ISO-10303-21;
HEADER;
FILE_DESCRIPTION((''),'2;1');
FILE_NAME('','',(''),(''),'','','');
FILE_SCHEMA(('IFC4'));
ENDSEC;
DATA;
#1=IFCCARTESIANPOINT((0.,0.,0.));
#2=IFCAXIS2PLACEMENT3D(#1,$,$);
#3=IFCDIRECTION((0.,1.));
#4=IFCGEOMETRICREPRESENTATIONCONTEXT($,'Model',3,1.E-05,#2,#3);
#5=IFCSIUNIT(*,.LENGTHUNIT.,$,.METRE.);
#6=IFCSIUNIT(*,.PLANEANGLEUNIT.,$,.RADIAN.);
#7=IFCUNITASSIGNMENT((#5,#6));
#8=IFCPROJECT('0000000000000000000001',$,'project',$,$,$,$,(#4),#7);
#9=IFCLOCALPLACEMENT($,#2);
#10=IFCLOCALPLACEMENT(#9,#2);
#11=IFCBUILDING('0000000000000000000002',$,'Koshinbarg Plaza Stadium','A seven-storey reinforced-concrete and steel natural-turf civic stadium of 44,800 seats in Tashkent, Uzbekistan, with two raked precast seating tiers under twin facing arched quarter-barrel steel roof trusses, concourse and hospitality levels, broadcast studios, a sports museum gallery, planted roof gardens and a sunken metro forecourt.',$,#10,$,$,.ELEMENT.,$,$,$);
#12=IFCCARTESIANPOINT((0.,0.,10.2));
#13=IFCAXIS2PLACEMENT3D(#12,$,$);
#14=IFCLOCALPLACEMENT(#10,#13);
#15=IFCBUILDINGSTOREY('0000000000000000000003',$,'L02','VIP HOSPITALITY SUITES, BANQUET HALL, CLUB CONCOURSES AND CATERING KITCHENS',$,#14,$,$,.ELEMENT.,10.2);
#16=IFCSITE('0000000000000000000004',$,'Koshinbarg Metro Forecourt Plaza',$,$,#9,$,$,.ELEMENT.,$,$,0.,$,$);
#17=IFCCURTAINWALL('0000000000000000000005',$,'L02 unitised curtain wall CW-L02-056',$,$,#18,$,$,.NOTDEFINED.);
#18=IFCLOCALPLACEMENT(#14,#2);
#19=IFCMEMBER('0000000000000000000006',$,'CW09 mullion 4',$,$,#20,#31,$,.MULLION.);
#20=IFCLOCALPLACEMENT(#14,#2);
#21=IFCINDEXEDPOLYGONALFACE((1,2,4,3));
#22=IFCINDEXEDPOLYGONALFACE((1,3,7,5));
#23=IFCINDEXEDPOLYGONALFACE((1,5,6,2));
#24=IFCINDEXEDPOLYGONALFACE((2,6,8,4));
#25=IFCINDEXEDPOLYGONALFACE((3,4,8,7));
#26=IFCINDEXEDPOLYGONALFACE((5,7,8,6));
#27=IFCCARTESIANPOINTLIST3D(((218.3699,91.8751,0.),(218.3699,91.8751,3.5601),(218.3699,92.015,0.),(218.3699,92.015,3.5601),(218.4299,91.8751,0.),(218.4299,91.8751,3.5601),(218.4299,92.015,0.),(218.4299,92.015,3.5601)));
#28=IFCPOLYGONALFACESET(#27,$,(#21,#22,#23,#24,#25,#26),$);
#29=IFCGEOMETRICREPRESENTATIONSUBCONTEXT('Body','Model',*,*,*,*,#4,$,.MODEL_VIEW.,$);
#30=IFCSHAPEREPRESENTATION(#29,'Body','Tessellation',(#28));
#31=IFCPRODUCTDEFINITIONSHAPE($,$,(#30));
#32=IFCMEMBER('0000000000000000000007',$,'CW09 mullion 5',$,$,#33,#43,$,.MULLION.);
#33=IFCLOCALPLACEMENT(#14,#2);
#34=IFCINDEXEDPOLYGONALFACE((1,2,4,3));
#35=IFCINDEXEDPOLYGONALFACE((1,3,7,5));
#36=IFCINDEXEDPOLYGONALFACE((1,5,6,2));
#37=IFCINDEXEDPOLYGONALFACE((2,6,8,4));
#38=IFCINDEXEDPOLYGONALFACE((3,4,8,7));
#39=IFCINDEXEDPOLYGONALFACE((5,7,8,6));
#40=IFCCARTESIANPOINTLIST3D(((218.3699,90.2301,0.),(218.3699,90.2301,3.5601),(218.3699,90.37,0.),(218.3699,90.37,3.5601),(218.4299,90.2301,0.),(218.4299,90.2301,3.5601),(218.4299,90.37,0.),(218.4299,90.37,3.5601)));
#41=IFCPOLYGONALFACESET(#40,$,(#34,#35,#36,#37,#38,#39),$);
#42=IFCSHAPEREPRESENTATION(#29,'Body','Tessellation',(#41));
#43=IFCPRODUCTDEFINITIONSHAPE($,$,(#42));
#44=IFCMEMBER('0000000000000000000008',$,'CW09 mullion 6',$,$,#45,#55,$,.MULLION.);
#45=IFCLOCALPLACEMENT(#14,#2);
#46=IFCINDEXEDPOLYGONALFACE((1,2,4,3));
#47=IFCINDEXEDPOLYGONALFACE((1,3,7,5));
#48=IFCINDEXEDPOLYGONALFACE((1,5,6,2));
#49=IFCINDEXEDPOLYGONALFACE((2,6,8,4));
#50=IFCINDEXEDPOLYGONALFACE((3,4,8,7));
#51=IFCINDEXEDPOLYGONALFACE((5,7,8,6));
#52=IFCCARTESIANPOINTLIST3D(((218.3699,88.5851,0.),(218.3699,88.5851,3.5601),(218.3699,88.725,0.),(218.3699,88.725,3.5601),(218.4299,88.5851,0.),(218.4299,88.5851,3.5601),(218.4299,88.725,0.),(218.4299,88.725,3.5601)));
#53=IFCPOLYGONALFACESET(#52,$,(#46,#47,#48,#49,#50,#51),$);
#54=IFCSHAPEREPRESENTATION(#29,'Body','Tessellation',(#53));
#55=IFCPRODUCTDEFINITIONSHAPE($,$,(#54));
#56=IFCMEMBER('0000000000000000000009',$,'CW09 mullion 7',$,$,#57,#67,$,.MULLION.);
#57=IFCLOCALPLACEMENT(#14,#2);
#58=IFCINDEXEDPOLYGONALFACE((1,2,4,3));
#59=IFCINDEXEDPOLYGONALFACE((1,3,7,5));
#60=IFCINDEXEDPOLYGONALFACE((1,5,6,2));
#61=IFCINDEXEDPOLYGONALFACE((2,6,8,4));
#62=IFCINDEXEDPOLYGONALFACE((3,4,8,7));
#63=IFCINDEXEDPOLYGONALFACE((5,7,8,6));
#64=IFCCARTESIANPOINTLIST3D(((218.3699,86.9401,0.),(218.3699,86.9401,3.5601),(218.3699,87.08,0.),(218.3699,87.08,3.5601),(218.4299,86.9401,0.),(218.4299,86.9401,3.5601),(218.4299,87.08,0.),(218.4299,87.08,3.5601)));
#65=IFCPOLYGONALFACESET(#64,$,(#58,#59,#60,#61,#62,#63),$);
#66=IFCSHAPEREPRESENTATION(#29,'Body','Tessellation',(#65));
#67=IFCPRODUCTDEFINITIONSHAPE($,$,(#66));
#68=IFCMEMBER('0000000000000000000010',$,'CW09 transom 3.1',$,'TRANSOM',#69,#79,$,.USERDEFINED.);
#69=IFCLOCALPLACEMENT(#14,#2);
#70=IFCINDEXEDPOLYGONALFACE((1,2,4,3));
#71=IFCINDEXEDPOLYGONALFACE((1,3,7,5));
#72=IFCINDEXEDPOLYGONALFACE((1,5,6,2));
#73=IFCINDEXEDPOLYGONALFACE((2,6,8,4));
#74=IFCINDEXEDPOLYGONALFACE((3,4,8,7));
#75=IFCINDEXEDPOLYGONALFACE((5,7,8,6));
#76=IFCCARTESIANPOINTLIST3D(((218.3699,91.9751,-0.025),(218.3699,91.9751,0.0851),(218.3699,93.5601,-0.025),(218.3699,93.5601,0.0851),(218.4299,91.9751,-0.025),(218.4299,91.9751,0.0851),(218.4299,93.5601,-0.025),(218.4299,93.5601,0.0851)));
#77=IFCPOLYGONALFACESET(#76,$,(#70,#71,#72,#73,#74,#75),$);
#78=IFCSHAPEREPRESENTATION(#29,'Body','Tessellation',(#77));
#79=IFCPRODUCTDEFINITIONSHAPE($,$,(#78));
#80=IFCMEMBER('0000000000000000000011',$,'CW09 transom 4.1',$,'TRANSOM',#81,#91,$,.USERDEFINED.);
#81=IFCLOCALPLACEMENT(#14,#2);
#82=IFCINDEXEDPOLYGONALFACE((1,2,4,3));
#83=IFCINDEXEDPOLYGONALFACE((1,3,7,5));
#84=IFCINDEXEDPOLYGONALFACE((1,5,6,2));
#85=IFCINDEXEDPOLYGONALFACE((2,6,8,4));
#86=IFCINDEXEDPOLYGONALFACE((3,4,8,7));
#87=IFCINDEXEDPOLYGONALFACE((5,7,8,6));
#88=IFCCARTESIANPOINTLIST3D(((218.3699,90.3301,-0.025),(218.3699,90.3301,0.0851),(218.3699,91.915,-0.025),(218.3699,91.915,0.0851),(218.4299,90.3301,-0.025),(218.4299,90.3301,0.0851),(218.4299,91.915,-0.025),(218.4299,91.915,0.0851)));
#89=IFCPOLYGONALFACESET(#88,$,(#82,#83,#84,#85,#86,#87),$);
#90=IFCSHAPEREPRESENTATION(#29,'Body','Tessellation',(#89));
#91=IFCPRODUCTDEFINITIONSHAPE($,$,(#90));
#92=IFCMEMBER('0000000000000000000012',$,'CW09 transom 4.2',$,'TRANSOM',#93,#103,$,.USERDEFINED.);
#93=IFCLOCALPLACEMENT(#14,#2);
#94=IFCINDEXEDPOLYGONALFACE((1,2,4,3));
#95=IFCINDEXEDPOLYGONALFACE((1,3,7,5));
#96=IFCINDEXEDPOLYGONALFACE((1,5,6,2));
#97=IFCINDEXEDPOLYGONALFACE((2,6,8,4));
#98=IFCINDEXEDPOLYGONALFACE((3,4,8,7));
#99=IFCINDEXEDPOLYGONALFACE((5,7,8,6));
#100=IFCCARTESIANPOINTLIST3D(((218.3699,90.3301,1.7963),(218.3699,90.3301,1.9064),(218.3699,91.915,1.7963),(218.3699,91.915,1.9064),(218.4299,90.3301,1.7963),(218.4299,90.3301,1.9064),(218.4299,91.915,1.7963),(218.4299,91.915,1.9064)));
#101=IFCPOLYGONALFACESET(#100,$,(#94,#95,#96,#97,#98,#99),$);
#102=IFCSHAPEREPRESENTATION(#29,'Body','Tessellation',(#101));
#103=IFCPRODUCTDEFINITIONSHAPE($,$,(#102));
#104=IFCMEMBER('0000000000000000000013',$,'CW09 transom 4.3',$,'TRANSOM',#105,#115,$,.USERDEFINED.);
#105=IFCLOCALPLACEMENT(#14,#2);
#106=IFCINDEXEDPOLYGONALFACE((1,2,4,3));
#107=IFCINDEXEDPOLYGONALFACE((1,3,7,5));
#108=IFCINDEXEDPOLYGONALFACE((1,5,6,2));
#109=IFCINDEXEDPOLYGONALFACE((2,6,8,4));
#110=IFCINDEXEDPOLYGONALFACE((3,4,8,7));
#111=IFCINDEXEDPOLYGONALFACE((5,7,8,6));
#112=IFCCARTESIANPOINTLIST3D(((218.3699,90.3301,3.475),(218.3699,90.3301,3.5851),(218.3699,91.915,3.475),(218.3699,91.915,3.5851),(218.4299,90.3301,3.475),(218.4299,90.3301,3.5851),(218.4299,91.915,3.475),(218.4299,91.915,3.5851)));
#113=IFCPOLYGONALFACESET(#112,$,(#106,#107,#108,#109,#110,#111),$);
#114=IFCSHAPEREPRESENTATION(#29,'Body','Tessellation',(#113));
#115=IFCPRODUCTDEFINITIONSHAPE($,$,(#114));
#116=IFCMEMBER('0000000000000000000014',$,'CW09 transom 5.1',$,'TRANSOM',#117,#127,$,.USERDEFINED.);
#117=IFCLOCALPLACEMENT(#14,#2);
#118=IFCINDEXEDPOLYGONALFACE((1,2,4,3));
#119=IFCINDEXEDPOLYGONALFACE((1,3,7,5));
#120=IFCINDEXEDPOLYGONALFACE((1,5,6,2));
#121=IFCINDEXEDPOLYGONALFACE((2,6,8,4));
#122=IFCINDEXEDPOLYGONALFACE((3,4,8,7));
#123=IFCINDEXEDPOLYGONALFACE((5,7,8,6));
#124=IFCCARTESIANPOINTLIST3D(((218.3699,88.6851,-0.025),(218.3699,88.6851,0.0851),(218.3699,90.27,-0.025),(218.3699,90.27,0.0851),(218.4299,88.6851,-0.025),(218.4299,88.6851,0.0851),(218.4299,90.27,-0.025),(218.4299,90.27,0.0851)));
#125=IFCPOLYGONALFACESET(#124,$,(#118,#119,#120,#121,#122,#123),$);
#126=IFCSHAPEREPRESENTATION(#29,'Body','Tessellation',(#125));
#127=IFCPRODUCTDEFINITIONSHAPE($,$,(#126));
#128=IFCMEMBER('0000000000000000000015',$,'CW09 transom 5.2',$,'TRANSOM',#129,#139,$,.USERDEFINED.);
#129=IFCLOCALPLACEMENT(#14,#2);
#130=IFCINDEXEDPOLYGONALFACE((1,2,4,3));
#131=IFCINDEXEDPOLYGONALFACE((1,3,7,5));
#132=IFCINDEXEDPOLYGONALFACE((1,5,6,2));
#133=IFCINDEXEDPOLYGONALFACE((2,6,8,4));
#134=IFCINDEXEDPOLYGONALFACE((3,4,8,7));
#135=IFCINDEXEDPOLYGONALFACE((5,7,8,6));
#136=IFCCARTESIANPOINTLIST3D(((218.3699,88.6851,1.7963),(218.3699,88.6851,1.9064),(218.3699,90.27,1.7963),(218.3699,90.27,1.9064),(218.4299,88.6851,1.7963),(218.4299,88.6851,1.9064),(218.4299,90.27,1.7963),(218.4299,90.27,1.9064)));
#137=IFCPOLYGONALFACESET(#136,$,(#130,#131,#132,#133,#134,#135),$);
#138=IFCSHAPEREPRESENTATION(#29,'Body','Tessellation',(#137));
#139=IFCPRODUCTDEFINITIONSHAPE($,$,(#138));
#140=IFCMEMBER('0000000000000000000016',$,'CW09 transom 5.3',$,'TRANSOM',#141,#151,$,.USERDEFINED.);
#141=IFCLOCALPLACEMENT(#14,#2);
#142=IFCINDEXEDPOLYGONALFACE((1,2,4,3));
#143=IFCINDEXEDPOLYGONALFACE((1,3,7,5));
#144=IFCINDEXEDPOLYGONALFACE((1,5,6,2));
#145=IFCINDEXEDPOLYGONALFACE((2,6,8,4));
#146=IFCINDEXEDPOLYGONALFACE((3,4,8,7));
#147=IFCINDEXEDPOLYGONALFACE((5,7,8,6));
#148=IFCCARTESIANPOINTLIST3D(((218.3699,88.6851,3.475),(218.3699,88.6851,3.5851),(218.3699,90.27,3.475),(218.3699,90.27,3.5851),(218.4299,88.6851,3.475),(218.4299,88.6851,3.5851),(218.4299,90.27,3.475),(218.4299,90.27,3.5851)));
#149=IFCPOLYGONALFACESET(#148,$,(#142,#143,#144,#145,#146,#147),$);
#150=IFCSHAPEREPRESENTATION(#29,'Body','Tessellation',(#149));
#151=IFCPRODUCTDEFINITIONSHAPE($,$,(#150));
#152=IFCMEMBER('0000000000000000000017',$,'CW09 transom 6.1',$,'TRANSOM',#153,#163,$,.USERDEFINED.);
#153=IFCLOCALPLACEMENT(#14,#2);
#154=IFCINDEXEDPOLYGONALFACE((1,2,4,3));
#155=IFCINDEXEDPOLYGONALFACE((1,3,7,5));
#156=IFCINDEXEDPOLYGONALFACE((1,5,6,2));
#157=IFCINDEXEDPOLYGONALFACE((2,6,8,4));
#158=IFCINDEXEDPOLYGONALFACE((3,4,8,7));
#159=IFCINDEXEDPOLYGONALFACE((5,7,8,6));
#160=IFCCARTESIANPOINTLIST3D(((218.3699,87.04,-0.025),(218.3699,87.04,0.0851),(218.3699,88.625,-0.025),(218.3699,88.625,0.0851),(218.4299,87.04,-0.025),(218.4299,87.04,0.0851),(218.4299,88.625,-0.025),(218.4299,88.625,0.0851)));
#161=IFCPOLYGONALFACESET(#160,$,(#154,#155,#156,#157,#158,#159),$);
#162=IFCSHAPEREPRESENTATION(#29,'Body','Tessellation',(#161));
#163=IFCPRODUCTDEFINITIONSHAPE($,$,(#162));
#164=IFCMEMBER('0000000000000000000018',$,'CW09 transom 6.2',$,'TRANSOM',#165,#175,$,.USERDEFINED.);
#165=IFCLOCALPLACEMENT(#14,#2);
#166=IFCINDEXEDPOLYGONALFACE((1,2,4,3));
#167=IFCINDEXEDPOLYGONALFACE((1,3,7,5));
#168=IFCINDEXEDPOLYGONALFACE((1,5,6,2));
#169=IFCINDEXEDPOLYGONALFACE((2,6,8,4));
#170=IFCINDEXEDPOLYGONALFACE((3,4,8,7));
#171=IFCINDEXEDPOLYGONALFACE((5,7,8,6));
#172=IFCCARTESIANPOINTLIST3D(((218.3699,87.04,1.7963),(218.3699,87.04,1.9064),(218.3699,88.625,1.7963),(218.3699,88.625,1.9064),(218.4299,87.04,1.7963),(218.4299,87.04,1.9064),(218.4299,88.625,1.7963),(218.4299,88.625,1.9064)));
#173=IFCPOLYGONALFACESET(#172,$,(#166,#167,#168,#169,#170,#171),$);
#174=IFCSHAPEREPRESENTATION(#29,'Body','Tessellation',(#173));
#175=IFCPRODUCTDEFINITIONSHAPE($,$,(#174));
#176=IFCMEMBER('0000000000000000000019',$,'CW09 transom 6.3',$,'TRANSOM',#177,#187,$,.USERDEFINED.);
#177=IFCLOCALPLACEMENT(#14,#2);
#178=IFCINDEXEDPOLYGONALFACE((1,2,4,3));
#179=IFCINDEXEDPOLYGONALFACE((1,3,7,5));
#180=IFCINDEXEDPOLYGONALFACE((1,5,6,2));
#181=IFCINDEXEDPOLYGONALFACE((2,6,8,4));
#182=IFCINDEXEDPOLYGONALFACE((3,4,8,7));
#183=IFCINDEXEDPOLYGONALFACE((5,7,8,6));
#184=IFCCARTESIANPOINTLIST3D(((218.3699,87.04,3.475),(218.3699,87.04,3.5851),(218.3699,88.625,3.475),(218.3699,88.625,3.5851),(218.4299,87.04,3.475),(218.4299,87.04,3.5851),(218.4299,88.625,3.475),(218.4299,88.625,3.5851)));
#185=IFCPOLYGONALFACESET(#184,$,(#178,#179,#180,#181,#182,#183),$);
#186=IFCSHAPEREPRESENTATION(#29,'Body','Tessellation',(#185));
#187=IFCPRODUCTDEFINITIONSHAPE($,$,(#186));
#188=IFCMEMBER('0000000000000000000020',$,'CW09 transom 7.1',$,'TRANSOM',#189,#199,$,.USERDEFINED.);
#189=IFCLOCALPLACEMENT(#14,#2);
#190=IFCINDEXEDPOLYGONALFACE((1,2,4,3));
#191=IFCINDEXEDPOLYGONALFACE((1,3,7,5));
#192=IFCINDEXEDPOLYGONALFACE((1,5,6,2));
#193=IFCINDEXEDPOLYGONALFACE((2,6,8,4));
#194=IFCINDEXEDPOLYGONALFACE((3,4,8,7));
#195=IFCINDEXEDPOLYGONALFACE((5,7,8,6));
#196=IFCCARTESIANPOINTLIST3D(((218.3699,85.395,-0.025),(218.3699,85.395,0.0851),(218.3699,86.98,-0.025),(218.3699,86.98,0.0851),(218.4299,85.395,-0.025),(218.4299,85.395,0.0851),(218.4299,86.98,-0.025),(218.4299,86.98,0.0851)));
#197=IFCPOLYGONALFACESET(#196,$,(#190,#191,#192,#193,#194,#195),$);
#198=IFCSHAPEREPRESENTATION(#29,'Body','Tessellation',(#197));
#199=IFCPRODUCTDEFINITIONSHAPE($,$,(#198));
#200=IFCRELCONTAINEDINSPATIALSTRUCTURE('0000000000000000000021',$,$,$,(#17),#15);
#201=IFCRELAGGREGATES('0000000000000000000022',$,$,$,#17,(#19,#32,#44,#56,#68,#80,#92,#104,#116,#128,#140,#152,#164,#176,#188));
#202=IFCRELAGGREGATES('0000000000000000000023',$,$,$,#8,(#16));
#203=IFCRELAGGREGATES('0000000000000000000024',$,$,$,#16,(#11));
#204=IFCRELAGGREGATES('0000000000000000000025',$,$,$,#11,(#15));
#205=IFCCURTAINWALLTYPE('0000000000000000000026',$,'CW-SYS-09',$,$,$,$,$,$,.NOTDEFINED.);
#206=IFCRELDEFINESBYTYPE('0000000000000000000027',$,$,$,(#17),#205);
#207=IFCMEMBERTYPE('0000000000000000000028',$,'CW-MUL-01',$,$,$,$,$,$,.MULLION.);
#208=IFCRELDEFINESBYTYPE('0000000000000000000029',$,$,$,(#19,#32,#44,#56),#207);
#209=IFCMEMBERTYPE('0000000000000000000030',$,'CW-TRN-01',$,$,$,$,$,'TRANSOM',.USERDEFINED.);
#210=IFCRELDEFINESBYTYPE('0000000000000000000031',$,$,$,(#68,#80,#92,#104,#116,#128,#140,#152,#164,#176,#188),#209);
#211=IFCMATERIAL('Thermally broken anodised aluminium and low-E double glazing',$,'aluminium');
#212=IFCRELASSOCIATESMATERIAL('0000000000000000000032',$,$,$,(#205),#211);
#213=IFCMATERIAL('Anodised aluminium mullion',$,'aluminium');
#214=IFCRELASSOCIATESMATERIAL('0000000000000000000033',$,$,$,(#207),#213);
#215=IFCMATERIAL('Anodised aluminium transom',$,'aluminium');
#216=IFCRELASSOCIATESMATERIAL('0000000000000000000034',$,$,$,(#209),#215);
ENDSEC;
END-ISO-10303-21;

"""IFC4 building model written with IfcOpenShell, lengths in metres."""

from ifc_helpers import new_model, si_unit, direction, frame, origin, origin_2d, place, context, subcontext, project, spatial, rectangle, extrude, material, material_profile, profile_set, type_object, element, aggregate, save


model = new_model("IFC4")

# Units and contexts
model_context = context("Model", 3, precision=1e-05, world=origin(), true_north=direction((0.0, 1.0)))
body_context = subcontext(model_context, "Body", "Model", "MODEL_VIEW")
ifc_project = project(units=[si_unit("LENGTHUNIT", "METRE"), si_unit("PLANEANGLEUNIT", "RADIAN")], contexts=[model_context])

# Site, building, storey
site_placement = place(None, origin())
site = spatial("IfcSite", under=ifc_project, at=site_placement, Name="Koshinbarg Metro Forecourt Plaza", CompositionType="ELEMENT", RefElevation=0.0)
building_placement = place(site_placement, origin())
building = spatial("IfcBuilding", under=site, at=building_placement, Name="Koshinbarg Plaza Stadium", Description="A seven-storey reinforced-concrete and steel natural-turf civic stadium of 44,800 seats in Tashkent, Uzbekistan, with two raked precast seating tiers under twin facing arched quarter-barrel steel roof trusses, concourse and hospitality levels, broadcast studios, a sports museum gallery, planted roof gardens and a sunken metro forecourt.", CompositionType="ELEMENT")
storey_placement = place(building_placement, frame((0.0, 0.0, 10.2)))
storey = spatial("IfcBuildingStorey", under=building, at=storey_placement, Name="L02", Description="VIP HOSPITALITY SUITES, BANQUET HALL, CLUB CONCOURSES AND CATERING KITCHENS", CompositionType="ELEMENT", Elevation=10.2)

# Curtain wall, members
ifc_material_1 = material(Name="Thermally broken anodised aluminium and low-E double glazing", Category="aluminium")
curtain_wall_type = type_object("IfcCurtainWallType", Name="CW-SYS-09", PredefinedType="NOTDEFINED", material=ifc_material_1)
curtain_wall_placement = place(storey_placement, origin())
curtain_wall = element("IfcCurtainWall", 1, at=curtain_wall_placement, inside=storey, type_object=curtain_wall_type, Name="L02 unitised curtain wall CW-L02-056", PredefinedType="NOTDEFINED")
ifc_material_2 = material(Name="Anodised aluminium mullion", Category="aluminium")
ifc_material_profile_1 = material_profile(ifc_material_2, rectangle(XDim=0.0601, YDim=0.1399, at=origin_2d()), Name="ALU 60x140")
ifc_profile_set_1 = profile_set([ifc_material_profile_1], Name="Anodised aluminium mullion")
member_type_1 = type_object("IfcMemberType", Name="CW-MUL-01", PredefinedType="MULLION", material=ifc_profile_set_1)
member_1_placement = place(storey_placement, frame((218.3999, 91.9451, 0.0), z_axis=(0.0, 0.0, 1.0), x_axis=(1.0, 0.0, 0.0)))
member_1 = element("IfcMember", 2, at=member_1_placement, type_object=member_type_1, Name="CW09 mullion 4", PredefinedType="MULLION", context=body_context, shape_type="SweptSolid", body=[
    extrude(rectangle(XDim=0.0601, YDim=0.1399, at=origin_2d()), origin(), (0.0, 0.0, 1.0), 3.5601),
])
member_2_placement = place(storey_placement, frame((218.3999, 90.3, 0.0), z_axis=(0.0, 0.0, 1.0), x_axis=(1.0, 0.0, 0.0)))
member_2 = element("IfcMember", 3, at=member_2_placement, type_object=member_type_1, Name="CW09 mullion 5", PredefinedType="MULLION", context=body_context, shape_type="SweptSolid", body=[
    extrude(rectangle(XDim=0.0601, YDim=0.1399, at=origin_2d()), origin(), (0.0, 0.0, 1.0), 3.5601),
])
member_3_placement = place(storey_placement, frame((218.3999, 88.655, 0.0), z_axis=(0.0, 0.0, 1.0), x_axis=(1.0, 0.0, 0.0)))
member_3 = element("IfcMember", 4, at=member_3_placement, type_object=member_type_1, Name="CW09 mullion 6", PredefinedType="MULLION", context=body_context, shape_type="SweptSolid", body=[
    extrude(rectangle(XDim=0.0601, YDim=0.1399, at=origin_2d()), origin(), (0.0, 0.0, 1.0), 3.5601),
])
member_4_placement = place(storey_placement, frame((218.3999, 87.01, 0.0), z_axis=(0.0, 0.0, 1.0), x_axis=(1.0, 0.0, 0.0)))
member_4 = element("IfcMember", 5, at=member_4_placement, type_object=member_type_1, Name="CW09 mullion 7", PredefinedType="MULLION", context=body_context, shape_type="SweptSolid", body=[
    extrude(rectangle(XDim=0.0601, YDim=0.1399, at=origin_2d()), origin(), (0.0, 0.0, 1.0), 3.5601),
])
ifc_material_3 = material(Name="Anodised aluminium transom", Category="aluminium")
ifc_material_profile_2 = material_profile(ifc_material_3, rectangle(XDim=0.0601, YDim=0.1101, at=origin_2d()), Name="ALU 60x110")
ifc_profile_set_2 = profile_set([ifc_material_profile_2], Name="Anodised aluminium transom")
member_type_2 = type_object("IfcMemberType", Name="CW-TRN-01", ElementType="TRANSOM", PredefinedType="USERDEFINED", material=ifc_profile_set_2)
member_5_placement = place(storey_placement, frame((218.3999, 93.5601, 0.03), z_axis=(0.0, -1.0, 0.0), x_axis=(1.0, 0.0, 0.0)))
member_5 = element("IfcMember", 6, at=member_5_placement, type_object=member_type_2, Name="CW09 transom 3.1", ObjectType="TRANSOM", PredefinedType="USERDEFINED", context=body_context, shape_type="SweptSolid", body=[
    extrude(rectangle(XDim=0.0601, YDim=0.1101, at=origin_2d()), origin(), (0.0, 0.0, 1.0), 1.585),
])
member_6_placement = place(storey_placement, frame((218.3999, 91.915, 0.03), z_axis=(0.0, -1.0, 0.0), x_axis=(1.0, 0.0, 0.0)))
member_6 = element("IfcMember", 7, at=member_6_placement, type_object=member_type_2, Name="CW09 transom 4.1", ObjectType="TRANSOM", PredefinedType="USERDEFINED", context=body_context, shape_type="SweptSolid", body=[
    extrude(rectangle(XDim=0.0601, YDim=0.1101, at=origin_2d()), origin(), (0.0, 0.0, 1.0), 1.585),
])
member_7_placement = place(storey_placement, frame((218.3999, 91.915, 1.8513), z_axis=(0.0, -1.0, 0.0), x_axis=(1.0, 0.0, 0.0)))
member_7 = element("IfcMember", 8, at=member_7_placement, type_object=member_type_2, Name="CW09 transom 4.2", ObjectType="TRANSOM", PredefinedType="USERDEFINED", context=body_context, shape_type="SweptSolid", body=[
    extrude(rectangle(XDim=0.0601, YDim=0.1101, at=origin_2d()), origin(), (0.0, 0.0, 1.0), 1.585),
])
member_8_placement = place(storey_placement, frame((218.3999, 91.915, 3.53), z_axis=(0.0, -1.0, 0.0), x_axis=(1.0, 0.0, 0.0)))
member_8 = element("IfcMember", 9, at=member_8_placement, type_object=member_type_2, Name="CW09 transom 4.3", ObjectType="TRANSOM", PredefinedType="USERDEFINED", context=body_context, shape_type="SweptSolid", body=[
    extrude(rectangle(XDim=0.0601, YDim=0.1101, at=origin_2d()), origin(), (0.0, 0.0, 1.0), 1.585),
])
member_9_placement = place(storey_placement, frame((218.3999, 90.27, 0.03), z_axis=(0.0, -1.0, 0.0), x_axis=(1.0, 0.0, 0.0)))
member_9 = element("IfcMember", 10, at=member_9_placement, type_object=member_type_2, Name="CW09 transom 5.1", ObjectType="TRANSOM", PredefinedType="USERDEFINED", context=body_context, shape_type="SweptSolid", body=[
    extrude(rectangle(XDim=0.0601, YDim=0.1101, at=origin_2d()), origin(), (0.0, 0.0, 1.0), 1.585),
])
member_10_placement = place(storey_placement, frame((218.3999, 90.27, 1.8513), z_axis=(0.0, -1.0, 0.0), x_axis=(1.0, 0.0, 0.0)))
member_10 = element("IfcMember", 11, at=member_10_placement, type_object=member_type_2, Name="CW09 transom 5.2", ObjectType="TRANSOM", PredefinedType="USERDEFINED", context=body_context, shape_type="SweptSolid", body=[
    extrude(rectangle(XDim=0.0601, YDim=0.1101, at=origin_2d()), origin(), (0.0, 0.0, 1.0), 1.585),
])
member_11_placement = place(storey_placement, frame((218.3999, 90.27, 3.53), z_axis=(0.0, -1.0, 0.0), x_axis=(1.0, 0.0, 0.0)))
member_11 = element("IfcMember", 12, at=member_11_placement, type_object=member_type_2, Name="CW09 transom 5.3", ObjectType="TRANSOM", PredefinedType="USERDEFINED", context=body_context, shape_type="SweptSolid", body=[
    extrude(rectangle(XDim=0.0601, YDim=0.1101, at=origin_2d()), origin(), (0.0, 0.0, 1.0), 1.585),
])
member_12_placement = place(storey_placement, frame((218.3999, 88.625, 0.03), z_axis=(0.0, -1.0, 0.0), x_axis=(1.0, 0.0, 0.0)))
member_12 = element("IfcMember", 13, at=member_12_placement, type_object=member_type_2, Name="CW09 transom 6.1", ObjectType="TRANSOM", PredefinedType="USERDEFINED", context=body_context, shape_type="SweptSolid", body=[
    extrude(rectangle(XDim=0.0601, YDim=0.1101, at=origin_2d()), origin(), (0.0, 0.0, 1.0), 1.585),
])
member_13_placement = place(storey_placement, frame((218.3999, 88.625, 1.8513), z_axis=(0.0, -1.0, 0.0), x_axis=(1.0, 0.0, 0.0)))
member_13 = element("IfcMember", 14, at=member_13_placement, type_object=member_type_2, Name="CW09 transom 6.2", ObjectType="TRANSOM", PredefinedType="USERDEFINED", context=body_context, shape_type="SweptSolid", body=[
    extrude(rectangle(XDim=0.0601, YDim=0.1101, at=origin_2d()), origin(), (0.0, 0.0, 1.0), 1.585),
])
member_14_placement = place(storey_placement, frame((218.3999, 88.625, 3.53), z_axis=(0.0, -1.0, 0.0), x_axis=(1.0, 0.0, 0.0)))
member_14 = element("IfcMember", 15, at=member_14_placement, type_object=member_type_2, Name="CW09 transom 6.3", ObjectType="TRANSOM", PredefinedType="USERDEFINED", context=body_context, shape_type="SweptSolid", body=[
    extrude(rectangle(XDim=0.0601, YDim=0.1101, at=origin_2d()), origin(), (0.0, 0.0, 1.0), 1.585),
])
member_15_placement = place(storey_placement, frame((218.3999, 86.98, 0.03), z_axis=(0.0, -1.0, 0.0), x_axis=(1.0, 0.0, 0.0)))
member_15 = element("IfcMember", 16, at=member_15_placement, type_object=member_type_2, Name="CW09 transom 7.1", ObjectType="TRANSOM", PredefinedType="USERDEFINED", context=body_context, shape_type="SweptSolid", body=[
    extrude(rectangle(XDim=0.0601, YDim=0.1101, at=origin_2d()), origin(), (0.0, 0.0, 1.0), 1.585),
])
aggregate(curtain_wall, [member_1, member_2, member_3, member_4, member_5, member_6, member_7, member_8, member_9, member_10, member_11, member_12, member_13, member_14, member_15])

save(model, "model.ifc")
